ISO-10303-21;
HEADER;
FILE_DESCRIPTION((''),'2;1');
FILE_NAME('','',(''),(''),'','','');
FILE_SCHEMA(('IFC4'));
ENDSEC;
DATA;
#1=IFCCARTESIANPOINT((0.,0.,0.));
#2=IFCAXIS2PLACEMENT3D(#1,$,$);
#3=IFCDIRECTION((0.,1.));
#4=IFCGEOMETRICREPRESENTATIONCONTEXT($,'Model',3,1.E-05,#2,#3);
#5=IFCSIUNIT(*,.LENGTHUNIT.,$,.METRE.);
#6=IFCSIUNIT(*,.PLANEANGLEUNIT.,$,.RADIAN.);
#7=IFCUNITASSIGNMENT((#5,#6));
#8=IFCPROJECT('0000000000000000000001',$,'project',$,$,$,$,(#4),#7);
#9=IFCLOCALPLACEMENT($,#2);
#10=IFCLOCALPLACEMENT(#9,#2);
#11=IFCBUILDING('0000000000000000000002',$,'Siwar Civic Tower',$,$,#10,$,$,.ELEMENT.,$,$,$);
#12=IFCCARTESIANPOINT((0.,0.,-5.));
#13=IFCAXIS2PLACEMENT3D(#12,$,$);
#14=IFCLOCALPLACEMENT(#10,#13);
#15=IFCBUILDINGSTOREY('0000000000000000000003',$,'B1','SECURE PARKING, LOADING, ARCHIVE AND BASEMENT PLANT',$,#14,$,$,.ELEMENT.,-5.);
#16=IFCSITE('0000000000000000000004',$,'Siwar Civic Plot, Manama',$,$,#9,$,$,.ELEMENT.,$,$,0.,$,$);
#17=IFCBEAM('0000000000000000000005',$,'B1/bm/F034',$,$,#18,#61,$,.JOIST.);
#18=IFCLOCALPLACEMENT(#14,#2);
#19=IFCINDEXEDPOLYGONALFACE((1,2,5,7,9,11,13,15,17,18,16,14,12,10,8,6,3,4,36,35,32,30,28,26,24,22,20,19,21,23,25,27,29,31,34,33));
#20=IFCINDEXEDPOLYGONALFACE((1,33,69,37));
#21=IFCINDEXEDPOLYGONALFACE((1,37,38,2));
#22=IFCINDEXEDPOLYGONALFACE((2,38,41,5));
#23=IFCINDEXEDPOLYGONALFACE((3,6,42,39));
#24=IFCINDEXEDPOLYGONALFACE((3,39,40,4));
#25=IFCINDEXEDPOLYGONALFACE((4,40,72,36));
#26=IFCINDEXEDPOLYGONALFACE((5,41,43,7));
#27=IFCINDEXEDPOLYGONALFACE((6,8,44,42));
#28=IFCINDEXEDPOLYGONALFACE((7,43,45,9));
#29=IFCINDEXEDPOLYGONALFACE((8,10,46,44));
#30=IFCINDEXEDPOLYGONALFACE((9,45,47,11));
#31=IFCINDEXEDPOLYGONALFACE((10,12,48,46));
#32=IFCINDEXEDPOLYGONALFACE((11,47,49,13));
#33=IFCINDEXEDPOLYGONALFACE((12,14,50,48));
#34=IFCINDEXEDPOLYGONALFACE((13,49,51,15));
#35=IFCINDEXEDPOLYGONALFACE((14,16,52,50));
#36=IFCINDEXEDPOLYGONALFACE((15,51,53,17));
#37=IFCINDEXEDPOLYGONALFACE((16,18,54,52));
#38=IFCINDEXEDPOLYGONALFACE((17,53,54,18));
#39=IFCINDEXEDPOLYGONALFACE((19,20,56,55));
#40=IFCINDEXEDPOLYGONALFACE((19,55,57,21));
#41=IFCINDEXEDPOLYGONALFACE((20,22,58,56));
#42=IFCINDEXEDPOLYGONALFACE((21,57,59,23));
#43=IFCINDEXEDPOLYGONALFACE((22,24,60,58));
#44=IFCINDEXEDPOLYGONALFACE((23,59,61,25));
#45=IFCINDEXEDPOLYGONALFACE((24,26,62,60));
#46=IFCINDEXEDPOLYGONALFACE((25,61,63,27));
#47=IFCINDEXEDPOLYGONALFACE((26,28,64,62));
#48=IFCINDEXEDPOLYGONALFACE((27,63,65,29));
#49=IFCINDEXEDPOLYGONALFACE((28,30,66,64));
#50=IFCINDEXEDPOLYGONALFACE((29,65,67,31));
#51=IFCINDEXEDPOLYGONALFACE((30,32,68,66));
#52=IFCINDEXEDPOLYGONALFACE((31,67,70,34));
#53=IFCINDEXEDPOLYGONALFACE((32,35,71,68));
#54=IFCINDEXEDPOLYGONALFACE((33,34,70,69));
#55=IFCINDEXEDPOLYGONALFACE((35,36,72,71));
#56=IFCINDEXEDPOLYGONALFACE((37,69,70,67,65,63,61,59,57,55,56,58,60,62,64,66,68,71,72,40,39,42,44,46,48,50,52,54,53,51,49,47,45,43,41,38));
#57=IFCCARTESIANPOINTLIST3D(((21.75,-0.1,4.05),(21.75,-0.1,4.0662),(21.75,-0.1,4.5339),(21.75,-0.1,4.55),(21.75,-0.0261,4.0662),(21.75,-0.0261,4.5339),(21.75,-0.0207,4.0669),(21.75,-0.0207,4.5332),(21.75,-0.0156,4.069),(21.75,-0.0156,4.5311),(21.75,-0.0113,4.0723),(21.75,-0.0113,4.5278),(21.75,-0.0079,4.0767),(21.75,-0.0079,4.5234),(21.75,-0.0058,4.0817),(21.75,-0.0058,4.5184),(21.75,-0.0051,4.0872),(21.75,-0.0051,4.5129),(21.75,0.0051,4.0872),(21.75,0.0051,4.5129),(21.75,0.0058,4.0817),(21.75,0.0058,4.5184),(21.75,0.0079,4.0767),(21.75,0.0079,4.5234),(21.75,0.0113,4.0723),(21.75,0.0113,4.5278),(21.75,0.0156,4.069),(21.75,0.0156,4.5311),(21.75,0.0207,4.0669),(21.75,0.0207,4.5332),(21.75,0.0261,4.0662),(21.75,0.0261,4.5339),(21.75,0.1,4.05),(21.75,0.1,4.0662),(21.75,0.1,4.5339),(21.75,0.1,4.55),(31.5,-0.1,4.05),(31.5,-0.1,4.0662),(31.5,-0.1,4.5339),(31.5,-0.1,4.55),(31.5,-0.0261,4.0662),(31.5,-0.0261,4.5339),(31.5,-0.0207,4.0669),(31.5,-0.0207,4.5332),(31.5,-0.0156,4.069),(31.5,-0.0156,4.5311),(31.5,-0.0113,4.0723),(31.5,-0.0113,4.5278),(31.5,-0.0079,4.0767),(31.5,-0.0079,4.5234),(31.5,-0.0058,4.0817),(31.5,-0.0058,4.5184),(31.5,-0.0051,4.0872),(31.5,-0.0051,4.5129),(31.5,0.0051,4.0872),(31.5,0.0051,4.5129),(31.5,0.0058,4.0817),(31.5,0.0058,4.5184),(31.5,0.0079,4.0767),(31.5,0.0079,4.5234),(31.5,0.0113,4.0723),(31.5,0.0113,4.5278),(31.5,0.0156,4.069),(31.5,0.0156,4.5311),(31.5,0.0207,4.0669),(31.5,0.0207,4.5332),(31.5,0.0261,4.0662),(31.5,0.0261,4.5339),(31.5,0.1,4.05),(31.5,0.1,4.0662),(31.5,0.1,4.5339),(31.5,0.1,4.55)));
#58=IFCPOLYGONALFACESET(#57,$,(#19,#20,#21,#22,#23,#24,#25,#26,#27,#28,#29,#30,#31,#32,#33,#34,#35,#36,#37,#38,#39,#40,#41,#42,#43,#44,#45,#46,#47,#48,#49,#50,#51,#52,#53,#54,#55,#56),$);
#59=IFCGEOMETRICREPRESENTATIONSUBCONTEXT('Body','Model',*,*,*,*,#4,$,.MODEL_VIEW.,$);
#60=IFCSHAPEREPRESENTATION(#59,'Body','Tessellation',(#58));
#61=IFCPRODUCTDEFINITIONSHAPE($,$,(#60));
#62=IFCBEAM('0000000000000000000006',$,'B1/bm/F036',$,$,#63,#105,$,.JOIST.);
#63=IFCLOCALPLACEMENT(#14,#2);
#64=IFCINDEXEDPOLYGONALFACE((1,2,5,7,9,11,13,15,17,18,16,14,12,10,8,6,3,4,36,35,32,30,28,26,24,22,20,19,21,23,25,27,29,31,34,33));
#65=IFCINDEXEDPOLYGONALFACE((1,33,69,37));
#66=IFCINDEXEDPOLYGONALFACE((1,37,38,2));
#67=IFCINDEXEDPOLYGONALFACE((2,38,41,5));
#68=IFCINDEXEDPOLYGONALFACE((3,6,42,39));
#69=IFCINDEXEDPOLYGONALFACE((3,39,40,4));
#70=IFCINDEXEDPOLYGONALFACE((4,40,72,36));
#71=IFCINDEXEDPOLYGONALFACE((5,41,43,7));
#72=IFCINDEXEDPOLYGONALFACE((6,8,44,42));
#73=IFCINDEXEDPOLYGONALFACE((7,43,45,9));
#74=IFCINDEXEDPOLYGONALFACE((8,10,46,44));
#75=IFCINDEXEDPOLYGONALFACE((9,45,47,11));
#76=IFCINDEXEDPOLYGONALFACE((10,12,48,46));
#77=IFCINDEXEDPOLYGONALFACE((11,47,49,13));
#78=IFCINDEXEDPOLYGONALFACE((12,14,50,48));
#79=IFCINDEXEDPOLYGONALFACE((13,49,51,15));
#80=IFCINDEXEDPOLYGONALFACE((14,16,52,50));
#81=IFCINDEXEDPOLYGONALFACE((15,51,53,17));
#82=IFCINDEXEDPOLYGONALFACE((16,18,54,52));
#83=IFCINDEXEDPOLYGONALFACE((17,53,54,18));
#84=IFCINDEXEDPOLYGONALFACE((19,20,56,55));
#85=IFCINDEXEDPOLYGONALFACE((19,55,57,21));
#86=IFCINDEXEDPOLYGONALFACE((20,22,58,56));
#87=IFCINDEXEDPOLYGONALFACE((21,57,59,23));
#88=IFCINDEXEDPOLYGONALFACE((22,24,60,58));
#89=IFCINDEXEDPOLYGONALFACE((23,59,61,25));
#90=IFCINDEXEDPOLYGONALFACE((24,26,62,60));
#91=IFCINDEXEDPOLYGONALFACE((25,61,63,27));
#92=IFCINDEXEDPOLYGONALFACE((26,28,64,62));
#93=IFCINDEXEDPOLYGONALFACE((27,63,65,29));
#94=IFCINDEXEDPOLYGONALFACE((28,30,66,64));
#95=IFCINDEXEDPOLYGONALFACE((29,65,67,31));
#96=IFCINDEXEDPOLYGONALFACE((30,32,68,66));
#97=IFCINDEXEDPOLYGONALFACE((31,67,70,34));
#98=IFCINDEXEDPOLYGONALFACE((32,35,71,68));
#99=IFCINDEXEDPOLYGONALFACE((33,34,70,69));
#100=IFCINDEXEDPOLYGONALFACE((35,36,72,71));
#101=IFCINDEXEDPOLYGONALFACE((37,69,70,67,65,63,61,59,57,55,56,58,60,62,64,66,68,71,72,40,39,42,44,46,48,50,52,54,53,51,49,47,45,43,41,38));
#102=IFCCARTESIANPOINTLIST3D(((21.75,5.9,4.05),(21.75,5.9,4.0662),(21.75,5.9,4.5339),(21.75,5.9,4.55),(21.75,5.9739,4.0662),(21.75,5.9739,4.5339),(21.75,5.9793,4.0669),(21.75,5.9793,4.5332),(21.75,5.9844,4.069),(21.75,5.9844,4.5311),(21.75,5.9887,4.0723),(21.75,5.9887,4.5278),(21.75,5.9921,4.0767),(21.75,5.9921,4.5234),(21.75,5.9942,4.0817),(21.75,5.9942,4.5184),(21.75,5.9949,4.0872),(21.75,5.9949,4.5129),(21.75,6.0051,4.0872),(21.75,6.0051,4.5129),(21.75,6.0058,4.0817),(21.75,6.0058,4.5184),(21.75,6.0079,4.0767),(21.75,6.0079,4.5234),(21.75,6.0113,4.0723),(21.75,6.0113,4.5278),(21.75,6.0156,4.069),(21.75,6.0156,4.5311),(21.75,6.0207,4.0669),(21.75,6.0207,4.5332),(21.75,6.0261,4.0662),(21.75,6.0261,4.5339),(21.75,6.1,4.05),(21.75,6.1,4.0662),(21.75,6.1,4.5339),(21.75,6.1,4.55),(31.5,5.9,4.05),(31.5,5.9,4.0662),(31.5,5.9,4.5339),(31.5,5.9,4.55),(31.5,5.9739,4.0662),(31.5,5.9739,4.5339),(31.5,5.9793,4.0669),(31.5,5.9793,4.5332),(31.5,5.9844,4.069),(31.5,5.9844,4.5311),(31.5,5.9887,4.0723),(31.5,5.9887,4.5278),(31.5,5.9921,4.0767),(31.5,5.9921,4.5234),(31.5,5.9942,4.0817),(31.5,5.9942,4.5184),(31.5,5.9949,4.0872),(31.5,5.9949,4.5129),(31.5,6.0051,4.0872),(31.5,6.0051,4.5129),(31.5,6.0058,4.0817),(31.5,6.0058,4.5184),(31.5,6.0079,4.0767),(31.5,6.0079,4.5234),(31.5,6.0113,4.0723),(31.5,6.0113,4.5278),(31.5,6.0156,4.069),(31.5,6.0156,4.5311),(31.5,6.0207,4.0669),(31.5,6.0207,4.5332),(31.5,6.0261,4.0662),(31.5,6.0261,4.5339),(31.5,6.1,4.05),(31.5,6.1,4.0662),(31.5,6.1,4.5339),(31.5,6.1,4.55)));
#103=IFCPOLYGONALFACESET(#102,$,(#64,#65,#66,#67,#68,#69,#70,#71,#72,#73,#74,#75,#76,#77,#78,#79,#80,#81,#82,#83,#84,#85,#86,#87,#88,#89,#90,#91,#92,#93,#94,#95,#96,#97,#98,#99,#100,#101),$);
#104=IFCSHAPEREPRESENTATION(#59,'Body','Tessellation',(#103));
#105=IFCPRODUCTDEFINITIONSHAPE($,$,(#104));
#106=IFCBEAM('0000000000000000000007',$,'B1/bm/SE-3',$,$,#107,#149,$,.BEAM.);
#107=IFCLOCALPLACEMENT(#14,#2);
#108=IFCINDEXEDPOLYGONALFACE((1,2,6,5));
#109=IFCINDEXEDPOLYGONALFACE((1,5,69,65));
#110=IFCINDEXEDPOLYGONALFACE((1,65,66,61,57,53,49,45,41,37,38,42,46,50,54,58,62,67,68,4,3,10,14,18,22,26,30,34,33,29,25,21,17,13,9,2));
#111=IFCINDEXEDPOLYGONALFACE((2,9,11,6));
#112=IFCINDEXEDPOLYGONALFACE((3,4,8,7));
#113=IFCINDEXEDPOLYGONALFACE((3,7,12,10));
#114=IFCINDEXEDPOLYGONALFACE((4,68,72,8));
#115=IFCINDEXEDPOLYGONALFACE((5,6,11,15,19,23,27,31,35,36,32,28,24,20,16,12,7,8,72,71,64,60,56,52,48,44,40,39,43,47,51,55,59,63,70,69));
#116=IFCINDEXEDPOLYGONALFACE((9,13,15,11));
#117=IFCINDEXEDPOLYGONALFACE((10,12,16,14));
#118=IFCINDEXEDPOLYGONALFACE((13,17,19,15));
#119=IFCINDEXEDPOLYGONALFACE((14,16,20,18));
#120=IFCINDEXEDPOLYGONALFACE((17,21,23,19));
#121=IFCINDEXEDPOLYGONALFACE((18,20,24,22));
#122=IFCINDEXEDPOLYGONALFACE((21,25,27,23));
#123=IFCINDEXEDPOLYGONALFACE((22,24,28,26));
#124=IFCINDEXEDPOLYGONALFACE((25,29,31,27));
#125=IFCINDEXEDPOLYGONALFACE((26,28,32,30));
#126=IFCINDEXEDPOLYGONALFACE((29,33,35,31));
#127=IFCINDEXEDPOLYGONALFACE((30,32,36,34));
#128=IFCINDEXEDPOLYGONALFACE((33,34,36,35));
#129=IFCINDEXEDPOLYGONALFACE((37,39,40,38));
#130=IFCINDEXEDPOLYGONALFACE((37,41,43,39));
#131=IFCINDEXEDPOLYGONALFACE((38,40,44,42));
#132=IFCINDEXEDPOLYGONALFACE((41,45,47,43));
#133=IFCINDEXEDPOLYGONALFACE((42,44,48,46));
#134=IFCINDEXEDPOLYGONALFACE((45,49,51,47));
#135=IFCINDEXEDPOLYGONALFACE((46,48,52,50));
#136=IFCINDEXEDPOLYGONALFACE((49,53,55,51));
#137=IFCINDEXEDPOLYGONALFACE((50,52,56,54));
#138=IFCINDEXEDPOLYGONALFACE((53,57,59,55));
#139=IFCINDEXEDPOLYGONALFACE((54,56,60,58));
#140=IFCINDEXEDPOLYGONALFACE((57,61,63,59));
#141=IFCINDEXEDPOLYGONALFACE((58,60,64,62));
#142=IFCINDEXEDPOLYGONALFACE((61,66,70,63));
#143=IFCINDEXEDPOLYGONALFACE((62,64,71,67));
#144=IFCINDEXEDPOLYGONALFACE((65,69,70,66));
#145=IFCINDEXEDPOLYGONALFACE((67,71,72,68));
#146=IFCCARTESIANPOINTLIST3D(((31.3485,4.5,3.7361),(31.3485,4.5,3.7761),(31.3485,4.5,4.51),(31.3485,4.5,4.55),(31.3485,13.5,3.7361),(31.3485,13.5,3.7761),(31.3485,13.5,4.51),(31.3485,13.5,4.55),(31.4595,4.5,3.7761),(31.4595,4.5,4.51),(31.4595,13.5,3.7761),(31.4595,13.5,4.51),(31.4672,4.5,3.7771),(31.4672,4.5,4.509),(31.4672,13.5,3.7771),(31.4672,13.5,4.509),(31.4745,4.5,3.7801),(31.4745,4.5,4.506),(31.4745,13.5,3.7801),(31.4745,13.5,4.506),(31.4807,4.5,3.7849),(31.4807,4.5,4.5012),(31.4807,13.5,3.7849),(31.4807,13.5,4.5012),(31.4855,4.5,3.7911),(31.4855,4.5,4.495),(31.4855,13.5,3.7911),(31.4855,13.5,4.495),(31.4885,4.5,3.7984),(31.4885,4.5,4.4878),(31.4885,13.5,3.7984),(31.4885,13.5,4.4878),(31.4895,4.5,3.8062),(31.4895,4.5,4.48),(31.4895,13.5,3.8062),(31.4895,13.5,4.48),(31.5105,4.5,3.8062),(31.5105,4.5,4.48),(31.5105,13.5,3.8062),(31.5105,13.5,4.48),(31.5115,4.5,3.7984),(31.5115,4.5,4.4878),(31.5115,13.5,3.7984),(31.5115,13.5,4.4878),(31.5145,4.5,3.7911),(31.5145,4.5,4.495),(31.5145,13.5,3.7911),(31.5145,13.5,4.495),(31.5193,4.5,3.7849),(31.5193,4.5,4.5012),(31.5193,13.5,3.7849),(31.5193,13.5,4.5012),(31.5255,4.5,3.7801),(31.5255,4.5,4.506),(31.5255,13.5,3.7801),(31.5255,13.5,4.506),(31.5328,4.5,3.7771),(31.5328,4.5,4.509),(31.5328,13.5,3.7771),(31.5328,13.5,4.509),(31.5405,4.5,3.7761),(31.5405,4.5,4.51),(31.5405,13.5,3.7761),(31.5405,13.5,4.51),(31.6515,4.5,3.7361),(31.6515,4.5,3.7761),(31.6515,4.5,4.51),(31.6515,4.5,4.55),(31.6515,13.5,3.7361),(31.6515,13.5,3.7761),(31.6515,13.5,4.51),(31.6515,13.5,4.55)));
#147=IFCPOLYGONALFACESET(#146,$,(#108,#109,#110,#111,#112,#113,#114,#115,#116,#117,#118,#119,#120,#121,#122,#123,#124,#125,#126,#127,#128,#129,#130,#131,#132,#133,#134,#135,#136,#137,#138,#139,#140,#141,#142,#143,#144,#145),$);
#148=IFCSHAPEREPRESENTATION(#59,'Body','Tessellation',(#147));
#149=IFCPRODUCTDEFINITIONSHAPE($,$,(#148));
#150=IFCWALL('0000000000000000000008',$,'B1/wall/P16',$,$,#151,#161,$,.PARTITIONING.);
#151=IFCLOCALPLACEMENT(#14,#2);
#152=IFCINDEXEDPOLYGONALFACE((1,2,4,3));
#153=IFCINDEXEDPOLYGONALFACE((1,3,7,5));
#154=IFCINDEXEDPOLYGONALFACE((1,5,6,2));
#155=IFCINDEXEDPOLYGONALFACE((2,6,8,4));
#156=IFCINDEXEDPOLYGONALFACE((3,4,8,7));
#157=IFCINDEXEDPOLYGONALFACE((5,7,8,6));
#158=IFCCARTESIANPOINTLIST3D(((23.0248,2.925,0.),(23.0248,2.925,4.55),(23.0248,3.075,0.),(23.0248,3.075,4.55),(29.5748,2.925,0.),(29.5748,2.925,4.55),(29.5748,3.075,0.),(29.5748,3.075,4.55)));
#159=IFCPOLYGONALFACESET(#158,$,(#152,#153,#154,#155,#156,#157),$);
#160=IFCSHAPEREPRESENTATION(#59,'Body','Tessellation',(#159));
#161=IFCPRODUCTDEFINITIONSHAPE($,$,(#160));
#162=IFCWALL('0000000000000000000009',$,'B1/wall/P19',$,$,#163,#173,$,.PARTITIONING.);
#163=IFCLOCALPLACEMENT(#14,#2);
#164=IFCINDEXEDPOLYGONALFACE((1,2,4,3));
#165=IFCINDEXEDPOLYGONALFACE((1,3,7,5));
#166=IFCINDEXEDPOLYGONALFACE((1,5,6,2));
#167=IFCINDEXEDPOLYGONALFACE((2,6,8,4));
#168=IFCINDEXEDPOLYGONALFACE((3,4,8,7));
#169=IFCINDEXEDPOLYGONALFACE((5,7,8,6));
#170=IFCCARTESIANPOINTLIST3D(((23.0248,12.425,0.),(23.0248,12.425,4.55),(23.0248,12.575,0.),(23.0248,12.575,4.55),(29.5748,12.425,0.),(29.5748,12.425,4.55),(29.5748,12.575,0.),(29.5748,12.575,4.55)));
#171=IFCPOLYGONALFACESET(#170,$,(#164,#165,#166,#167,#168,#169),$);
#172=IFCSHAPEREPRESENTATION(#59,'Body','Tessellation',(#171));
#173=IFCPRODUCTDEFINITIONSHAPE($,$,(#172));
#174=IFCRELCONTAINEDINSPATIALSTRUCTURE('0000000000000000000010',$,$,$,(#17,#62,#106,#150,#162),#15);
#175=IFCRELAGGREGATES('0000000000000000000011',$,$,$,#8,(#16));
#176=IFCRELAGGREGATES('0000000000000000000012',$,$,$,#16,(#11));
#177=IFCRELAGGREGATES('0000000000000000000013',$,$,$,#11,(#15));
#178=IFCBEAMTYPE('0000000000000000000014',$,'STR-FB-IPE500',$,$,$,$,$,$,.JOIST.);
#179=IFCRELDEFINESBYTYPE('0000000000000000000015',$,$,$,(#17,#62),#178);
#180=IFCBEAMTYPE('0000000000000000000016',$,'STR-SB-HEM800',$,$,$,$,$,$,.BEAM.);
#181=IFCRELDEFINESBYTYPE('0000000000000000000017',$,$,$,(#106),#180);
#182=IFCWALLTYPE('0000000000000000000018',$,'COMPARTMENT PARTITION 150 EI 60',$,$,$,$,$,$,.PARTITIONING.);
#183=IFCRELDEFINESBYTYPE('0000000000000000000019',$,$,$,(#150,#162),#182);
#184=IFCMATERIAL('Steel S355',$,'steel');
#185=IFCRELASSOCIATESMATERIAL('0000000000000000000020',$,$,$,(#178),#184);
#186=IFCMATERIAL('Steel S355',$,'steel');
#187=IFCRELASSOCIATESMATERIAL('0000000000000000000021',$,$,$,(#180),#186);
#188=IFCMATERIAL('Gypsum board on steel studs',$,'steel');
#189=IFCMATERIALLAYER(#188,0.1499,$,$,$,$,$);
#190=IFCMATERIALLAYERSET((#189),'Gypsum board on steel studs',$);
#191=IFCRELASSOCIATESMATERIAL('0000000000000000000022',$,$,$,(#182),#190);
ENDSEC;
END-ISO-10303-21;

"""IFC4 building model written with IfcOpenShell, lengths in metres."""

from ifc_helpers import new_model, si_unit, direction, frame, frame_2d, origin, origin_2d, place, context, subcontext, project, spatial, rectangle, i_section, extrude, material, layer, layer_set, material_profile, profile_set, type_object, element, save


model = new_model("IFC4")

# Units and contexts
model_context = context("Model", 3, precision=1e-05, world=origin(), true_north=direction((0.0, 1.0)))
body_context = subcontext(model_context, "Body", "Model", "MODEL_VIEW")
ifc_project = project(units=[si_unit("LENGTHUNIT", "METRE"), si_unit("PLANEANGLEUNIT", "RADIAN")], contexts=[model_context])

# Site, building, storey
site_placement = place(None, origin())
site = spatial("IfcSite", under=ifc_project, at=site_placement, Name="Siwar Civic Plot, Manama", CompositionType="ELEMENT", RefElevation=0.0)
building_placement = place(site_placement, origin())
building = spatial("IfcBuilding", under=site, at=building_placement, Name="Siwar Civic Tower", CompositionType="ELEMENT")
storey_placement = place(building_placement, frame((0.0, 0.0, -5.0)))
storey = spatial("IfcBuildingStorey", under=building, at=storey_placement, Name="B1", Description="SECURE PARKING, LOADING, ARCHIVE AND BASEMENT PLANT", CompositionType="ELEMENT", Elevation=-5.0)

# Beams
ifc_material_1 = material(Name="Steel S355", Category="steel")
ifc_material_profile_1 = material_profile(ifc_material_1, i_section(OverallWidth=0.2, OverallDepth=0.5, WebThickness=0.0103, FlangeThickness=0.0161, FilletRadius=0.021, at=origin_2d()), Name="IPE500")
ifc_profile_set_1 = profile_set([ifc_material_profile_1], Name="Steel S355")
beam_type_1 = type_object("IfcBeamType", Name="STR-FB-IPE500", PredefinedType="JOIST", material=ifc_profile_set_1)
for number, where, z_axis, x_axis, name in (
    (1, (21.75, 0.0, 4.3), (1.0, 0.0, 0.0), (0.0, 1.0, 0.0), "B1/bm/F034"),
    (2, (21.75, 6.0, 4.3), (1.0, 0.0, 0.0), (0.0, 1.0, 0.0), "B1/bm/F036"),
):
    element("IfcBeam", number, at=place(storey_placement, frame(where, z_axis=z_axis, x_axis=x_axis)), inside=storey, type_object=beam_type_1, Name=name, PredefinedType="JOIST", context=body_context, shape_type="SweptSolid", body=[
        extrude(i_section(OverallWidth=0.2, OverallDepth=0.5, WebThickness=0.0103, FlangeThickness=0.0161, FilletRadius=0.021, at=origin_2d()), origin(), (0.0, 0.0, 1.0), 9.75),
    ])
ifc_material_2 = material(Name="Steel S355", Category="steel")
ifc_material_profile_2 = material_profile(ifc_material_2, i_section(OverallWidth=0.303, OverallDepth=0.814, WebThickness=0.021, FlangeThickness=0.04, FilletRadius=0.03, at=origin_2d()), Name="HEM800")
ifc_profile_set_2 = profile_set([ifc_material_profile_2], Name="Steel S355")
beam_type_2 = type_object("IfcBeamType", Name="STR-SB-HEM800", PredefinedType="BEAM", material=ifc_profile_set_2)
beam_placement = place(storey_placement, frame((31.5, 4.5, 4.1431), z_axis=(0.0, 1.0, 0.0), x_axis=(-1.0, 0.0, 0.0)))
element("IfcBeam", 3, at=beam_placement, inside=storey, type_object=beam_type_2, Name="B1/bm/SE-3", PredefinedType="BEAM", context=body_context, shape_type="SweptSolid", body=[
    extrude(i_section(OverallWidth=0.303, OverallDepth=0.814, WebThickness=0.021, FlangeThickness=0.04, FilletRadius=0.03, at=origin_2d()), origin(), (0.0, 0.0, 1.0), 9.0),
])

# Walls
ifc_material_3 = material(Name="Gypsum board on steel studs", Category="steel")
ifc_layer_1 = layer(ifc_material_3, 0.1499)
ifc_layer_set_1 = layer_set([ifc_layer_1], Name="Gypsum board on steel studs")
wall_type_1 = type_object("IfcWallType", Name="COMPARTMENT PARTITION 150 EI 60", PredefinedType="PARTITIONING", material=ifc_layer_set_1)
for number, where, z_axis, x_axis, name in (
    (4, (23.0249, 3.0, 0.0), (0.0, 0.0, 1.0), (1.0, 0.0, 0.0), "B1/wall/P16"),
    (5, (23.0249, 12.5, 0.0), (0.0, 0.0, 1.0), (1.0, 0.0, 0.0), "B1/wall/P19"),
):
    element("IfcWall", number, at=place(storey_placement, frame(where, z_axis=z_axis, x_axis=x_axis)), inside=storey, type_object=wall_type_1, Name=name, PredefinedType="PARTITIONING", context=body_context, shape_type="SweptSolid", body=[
        extrude(rectangle(XDim=6.55, YDim=0.1499, at=frame_2d((3.2749, 0.0))), origin(), (0.0, 0.0, 1.0), 4.55),
    ])

save(model, "model.ifc")
